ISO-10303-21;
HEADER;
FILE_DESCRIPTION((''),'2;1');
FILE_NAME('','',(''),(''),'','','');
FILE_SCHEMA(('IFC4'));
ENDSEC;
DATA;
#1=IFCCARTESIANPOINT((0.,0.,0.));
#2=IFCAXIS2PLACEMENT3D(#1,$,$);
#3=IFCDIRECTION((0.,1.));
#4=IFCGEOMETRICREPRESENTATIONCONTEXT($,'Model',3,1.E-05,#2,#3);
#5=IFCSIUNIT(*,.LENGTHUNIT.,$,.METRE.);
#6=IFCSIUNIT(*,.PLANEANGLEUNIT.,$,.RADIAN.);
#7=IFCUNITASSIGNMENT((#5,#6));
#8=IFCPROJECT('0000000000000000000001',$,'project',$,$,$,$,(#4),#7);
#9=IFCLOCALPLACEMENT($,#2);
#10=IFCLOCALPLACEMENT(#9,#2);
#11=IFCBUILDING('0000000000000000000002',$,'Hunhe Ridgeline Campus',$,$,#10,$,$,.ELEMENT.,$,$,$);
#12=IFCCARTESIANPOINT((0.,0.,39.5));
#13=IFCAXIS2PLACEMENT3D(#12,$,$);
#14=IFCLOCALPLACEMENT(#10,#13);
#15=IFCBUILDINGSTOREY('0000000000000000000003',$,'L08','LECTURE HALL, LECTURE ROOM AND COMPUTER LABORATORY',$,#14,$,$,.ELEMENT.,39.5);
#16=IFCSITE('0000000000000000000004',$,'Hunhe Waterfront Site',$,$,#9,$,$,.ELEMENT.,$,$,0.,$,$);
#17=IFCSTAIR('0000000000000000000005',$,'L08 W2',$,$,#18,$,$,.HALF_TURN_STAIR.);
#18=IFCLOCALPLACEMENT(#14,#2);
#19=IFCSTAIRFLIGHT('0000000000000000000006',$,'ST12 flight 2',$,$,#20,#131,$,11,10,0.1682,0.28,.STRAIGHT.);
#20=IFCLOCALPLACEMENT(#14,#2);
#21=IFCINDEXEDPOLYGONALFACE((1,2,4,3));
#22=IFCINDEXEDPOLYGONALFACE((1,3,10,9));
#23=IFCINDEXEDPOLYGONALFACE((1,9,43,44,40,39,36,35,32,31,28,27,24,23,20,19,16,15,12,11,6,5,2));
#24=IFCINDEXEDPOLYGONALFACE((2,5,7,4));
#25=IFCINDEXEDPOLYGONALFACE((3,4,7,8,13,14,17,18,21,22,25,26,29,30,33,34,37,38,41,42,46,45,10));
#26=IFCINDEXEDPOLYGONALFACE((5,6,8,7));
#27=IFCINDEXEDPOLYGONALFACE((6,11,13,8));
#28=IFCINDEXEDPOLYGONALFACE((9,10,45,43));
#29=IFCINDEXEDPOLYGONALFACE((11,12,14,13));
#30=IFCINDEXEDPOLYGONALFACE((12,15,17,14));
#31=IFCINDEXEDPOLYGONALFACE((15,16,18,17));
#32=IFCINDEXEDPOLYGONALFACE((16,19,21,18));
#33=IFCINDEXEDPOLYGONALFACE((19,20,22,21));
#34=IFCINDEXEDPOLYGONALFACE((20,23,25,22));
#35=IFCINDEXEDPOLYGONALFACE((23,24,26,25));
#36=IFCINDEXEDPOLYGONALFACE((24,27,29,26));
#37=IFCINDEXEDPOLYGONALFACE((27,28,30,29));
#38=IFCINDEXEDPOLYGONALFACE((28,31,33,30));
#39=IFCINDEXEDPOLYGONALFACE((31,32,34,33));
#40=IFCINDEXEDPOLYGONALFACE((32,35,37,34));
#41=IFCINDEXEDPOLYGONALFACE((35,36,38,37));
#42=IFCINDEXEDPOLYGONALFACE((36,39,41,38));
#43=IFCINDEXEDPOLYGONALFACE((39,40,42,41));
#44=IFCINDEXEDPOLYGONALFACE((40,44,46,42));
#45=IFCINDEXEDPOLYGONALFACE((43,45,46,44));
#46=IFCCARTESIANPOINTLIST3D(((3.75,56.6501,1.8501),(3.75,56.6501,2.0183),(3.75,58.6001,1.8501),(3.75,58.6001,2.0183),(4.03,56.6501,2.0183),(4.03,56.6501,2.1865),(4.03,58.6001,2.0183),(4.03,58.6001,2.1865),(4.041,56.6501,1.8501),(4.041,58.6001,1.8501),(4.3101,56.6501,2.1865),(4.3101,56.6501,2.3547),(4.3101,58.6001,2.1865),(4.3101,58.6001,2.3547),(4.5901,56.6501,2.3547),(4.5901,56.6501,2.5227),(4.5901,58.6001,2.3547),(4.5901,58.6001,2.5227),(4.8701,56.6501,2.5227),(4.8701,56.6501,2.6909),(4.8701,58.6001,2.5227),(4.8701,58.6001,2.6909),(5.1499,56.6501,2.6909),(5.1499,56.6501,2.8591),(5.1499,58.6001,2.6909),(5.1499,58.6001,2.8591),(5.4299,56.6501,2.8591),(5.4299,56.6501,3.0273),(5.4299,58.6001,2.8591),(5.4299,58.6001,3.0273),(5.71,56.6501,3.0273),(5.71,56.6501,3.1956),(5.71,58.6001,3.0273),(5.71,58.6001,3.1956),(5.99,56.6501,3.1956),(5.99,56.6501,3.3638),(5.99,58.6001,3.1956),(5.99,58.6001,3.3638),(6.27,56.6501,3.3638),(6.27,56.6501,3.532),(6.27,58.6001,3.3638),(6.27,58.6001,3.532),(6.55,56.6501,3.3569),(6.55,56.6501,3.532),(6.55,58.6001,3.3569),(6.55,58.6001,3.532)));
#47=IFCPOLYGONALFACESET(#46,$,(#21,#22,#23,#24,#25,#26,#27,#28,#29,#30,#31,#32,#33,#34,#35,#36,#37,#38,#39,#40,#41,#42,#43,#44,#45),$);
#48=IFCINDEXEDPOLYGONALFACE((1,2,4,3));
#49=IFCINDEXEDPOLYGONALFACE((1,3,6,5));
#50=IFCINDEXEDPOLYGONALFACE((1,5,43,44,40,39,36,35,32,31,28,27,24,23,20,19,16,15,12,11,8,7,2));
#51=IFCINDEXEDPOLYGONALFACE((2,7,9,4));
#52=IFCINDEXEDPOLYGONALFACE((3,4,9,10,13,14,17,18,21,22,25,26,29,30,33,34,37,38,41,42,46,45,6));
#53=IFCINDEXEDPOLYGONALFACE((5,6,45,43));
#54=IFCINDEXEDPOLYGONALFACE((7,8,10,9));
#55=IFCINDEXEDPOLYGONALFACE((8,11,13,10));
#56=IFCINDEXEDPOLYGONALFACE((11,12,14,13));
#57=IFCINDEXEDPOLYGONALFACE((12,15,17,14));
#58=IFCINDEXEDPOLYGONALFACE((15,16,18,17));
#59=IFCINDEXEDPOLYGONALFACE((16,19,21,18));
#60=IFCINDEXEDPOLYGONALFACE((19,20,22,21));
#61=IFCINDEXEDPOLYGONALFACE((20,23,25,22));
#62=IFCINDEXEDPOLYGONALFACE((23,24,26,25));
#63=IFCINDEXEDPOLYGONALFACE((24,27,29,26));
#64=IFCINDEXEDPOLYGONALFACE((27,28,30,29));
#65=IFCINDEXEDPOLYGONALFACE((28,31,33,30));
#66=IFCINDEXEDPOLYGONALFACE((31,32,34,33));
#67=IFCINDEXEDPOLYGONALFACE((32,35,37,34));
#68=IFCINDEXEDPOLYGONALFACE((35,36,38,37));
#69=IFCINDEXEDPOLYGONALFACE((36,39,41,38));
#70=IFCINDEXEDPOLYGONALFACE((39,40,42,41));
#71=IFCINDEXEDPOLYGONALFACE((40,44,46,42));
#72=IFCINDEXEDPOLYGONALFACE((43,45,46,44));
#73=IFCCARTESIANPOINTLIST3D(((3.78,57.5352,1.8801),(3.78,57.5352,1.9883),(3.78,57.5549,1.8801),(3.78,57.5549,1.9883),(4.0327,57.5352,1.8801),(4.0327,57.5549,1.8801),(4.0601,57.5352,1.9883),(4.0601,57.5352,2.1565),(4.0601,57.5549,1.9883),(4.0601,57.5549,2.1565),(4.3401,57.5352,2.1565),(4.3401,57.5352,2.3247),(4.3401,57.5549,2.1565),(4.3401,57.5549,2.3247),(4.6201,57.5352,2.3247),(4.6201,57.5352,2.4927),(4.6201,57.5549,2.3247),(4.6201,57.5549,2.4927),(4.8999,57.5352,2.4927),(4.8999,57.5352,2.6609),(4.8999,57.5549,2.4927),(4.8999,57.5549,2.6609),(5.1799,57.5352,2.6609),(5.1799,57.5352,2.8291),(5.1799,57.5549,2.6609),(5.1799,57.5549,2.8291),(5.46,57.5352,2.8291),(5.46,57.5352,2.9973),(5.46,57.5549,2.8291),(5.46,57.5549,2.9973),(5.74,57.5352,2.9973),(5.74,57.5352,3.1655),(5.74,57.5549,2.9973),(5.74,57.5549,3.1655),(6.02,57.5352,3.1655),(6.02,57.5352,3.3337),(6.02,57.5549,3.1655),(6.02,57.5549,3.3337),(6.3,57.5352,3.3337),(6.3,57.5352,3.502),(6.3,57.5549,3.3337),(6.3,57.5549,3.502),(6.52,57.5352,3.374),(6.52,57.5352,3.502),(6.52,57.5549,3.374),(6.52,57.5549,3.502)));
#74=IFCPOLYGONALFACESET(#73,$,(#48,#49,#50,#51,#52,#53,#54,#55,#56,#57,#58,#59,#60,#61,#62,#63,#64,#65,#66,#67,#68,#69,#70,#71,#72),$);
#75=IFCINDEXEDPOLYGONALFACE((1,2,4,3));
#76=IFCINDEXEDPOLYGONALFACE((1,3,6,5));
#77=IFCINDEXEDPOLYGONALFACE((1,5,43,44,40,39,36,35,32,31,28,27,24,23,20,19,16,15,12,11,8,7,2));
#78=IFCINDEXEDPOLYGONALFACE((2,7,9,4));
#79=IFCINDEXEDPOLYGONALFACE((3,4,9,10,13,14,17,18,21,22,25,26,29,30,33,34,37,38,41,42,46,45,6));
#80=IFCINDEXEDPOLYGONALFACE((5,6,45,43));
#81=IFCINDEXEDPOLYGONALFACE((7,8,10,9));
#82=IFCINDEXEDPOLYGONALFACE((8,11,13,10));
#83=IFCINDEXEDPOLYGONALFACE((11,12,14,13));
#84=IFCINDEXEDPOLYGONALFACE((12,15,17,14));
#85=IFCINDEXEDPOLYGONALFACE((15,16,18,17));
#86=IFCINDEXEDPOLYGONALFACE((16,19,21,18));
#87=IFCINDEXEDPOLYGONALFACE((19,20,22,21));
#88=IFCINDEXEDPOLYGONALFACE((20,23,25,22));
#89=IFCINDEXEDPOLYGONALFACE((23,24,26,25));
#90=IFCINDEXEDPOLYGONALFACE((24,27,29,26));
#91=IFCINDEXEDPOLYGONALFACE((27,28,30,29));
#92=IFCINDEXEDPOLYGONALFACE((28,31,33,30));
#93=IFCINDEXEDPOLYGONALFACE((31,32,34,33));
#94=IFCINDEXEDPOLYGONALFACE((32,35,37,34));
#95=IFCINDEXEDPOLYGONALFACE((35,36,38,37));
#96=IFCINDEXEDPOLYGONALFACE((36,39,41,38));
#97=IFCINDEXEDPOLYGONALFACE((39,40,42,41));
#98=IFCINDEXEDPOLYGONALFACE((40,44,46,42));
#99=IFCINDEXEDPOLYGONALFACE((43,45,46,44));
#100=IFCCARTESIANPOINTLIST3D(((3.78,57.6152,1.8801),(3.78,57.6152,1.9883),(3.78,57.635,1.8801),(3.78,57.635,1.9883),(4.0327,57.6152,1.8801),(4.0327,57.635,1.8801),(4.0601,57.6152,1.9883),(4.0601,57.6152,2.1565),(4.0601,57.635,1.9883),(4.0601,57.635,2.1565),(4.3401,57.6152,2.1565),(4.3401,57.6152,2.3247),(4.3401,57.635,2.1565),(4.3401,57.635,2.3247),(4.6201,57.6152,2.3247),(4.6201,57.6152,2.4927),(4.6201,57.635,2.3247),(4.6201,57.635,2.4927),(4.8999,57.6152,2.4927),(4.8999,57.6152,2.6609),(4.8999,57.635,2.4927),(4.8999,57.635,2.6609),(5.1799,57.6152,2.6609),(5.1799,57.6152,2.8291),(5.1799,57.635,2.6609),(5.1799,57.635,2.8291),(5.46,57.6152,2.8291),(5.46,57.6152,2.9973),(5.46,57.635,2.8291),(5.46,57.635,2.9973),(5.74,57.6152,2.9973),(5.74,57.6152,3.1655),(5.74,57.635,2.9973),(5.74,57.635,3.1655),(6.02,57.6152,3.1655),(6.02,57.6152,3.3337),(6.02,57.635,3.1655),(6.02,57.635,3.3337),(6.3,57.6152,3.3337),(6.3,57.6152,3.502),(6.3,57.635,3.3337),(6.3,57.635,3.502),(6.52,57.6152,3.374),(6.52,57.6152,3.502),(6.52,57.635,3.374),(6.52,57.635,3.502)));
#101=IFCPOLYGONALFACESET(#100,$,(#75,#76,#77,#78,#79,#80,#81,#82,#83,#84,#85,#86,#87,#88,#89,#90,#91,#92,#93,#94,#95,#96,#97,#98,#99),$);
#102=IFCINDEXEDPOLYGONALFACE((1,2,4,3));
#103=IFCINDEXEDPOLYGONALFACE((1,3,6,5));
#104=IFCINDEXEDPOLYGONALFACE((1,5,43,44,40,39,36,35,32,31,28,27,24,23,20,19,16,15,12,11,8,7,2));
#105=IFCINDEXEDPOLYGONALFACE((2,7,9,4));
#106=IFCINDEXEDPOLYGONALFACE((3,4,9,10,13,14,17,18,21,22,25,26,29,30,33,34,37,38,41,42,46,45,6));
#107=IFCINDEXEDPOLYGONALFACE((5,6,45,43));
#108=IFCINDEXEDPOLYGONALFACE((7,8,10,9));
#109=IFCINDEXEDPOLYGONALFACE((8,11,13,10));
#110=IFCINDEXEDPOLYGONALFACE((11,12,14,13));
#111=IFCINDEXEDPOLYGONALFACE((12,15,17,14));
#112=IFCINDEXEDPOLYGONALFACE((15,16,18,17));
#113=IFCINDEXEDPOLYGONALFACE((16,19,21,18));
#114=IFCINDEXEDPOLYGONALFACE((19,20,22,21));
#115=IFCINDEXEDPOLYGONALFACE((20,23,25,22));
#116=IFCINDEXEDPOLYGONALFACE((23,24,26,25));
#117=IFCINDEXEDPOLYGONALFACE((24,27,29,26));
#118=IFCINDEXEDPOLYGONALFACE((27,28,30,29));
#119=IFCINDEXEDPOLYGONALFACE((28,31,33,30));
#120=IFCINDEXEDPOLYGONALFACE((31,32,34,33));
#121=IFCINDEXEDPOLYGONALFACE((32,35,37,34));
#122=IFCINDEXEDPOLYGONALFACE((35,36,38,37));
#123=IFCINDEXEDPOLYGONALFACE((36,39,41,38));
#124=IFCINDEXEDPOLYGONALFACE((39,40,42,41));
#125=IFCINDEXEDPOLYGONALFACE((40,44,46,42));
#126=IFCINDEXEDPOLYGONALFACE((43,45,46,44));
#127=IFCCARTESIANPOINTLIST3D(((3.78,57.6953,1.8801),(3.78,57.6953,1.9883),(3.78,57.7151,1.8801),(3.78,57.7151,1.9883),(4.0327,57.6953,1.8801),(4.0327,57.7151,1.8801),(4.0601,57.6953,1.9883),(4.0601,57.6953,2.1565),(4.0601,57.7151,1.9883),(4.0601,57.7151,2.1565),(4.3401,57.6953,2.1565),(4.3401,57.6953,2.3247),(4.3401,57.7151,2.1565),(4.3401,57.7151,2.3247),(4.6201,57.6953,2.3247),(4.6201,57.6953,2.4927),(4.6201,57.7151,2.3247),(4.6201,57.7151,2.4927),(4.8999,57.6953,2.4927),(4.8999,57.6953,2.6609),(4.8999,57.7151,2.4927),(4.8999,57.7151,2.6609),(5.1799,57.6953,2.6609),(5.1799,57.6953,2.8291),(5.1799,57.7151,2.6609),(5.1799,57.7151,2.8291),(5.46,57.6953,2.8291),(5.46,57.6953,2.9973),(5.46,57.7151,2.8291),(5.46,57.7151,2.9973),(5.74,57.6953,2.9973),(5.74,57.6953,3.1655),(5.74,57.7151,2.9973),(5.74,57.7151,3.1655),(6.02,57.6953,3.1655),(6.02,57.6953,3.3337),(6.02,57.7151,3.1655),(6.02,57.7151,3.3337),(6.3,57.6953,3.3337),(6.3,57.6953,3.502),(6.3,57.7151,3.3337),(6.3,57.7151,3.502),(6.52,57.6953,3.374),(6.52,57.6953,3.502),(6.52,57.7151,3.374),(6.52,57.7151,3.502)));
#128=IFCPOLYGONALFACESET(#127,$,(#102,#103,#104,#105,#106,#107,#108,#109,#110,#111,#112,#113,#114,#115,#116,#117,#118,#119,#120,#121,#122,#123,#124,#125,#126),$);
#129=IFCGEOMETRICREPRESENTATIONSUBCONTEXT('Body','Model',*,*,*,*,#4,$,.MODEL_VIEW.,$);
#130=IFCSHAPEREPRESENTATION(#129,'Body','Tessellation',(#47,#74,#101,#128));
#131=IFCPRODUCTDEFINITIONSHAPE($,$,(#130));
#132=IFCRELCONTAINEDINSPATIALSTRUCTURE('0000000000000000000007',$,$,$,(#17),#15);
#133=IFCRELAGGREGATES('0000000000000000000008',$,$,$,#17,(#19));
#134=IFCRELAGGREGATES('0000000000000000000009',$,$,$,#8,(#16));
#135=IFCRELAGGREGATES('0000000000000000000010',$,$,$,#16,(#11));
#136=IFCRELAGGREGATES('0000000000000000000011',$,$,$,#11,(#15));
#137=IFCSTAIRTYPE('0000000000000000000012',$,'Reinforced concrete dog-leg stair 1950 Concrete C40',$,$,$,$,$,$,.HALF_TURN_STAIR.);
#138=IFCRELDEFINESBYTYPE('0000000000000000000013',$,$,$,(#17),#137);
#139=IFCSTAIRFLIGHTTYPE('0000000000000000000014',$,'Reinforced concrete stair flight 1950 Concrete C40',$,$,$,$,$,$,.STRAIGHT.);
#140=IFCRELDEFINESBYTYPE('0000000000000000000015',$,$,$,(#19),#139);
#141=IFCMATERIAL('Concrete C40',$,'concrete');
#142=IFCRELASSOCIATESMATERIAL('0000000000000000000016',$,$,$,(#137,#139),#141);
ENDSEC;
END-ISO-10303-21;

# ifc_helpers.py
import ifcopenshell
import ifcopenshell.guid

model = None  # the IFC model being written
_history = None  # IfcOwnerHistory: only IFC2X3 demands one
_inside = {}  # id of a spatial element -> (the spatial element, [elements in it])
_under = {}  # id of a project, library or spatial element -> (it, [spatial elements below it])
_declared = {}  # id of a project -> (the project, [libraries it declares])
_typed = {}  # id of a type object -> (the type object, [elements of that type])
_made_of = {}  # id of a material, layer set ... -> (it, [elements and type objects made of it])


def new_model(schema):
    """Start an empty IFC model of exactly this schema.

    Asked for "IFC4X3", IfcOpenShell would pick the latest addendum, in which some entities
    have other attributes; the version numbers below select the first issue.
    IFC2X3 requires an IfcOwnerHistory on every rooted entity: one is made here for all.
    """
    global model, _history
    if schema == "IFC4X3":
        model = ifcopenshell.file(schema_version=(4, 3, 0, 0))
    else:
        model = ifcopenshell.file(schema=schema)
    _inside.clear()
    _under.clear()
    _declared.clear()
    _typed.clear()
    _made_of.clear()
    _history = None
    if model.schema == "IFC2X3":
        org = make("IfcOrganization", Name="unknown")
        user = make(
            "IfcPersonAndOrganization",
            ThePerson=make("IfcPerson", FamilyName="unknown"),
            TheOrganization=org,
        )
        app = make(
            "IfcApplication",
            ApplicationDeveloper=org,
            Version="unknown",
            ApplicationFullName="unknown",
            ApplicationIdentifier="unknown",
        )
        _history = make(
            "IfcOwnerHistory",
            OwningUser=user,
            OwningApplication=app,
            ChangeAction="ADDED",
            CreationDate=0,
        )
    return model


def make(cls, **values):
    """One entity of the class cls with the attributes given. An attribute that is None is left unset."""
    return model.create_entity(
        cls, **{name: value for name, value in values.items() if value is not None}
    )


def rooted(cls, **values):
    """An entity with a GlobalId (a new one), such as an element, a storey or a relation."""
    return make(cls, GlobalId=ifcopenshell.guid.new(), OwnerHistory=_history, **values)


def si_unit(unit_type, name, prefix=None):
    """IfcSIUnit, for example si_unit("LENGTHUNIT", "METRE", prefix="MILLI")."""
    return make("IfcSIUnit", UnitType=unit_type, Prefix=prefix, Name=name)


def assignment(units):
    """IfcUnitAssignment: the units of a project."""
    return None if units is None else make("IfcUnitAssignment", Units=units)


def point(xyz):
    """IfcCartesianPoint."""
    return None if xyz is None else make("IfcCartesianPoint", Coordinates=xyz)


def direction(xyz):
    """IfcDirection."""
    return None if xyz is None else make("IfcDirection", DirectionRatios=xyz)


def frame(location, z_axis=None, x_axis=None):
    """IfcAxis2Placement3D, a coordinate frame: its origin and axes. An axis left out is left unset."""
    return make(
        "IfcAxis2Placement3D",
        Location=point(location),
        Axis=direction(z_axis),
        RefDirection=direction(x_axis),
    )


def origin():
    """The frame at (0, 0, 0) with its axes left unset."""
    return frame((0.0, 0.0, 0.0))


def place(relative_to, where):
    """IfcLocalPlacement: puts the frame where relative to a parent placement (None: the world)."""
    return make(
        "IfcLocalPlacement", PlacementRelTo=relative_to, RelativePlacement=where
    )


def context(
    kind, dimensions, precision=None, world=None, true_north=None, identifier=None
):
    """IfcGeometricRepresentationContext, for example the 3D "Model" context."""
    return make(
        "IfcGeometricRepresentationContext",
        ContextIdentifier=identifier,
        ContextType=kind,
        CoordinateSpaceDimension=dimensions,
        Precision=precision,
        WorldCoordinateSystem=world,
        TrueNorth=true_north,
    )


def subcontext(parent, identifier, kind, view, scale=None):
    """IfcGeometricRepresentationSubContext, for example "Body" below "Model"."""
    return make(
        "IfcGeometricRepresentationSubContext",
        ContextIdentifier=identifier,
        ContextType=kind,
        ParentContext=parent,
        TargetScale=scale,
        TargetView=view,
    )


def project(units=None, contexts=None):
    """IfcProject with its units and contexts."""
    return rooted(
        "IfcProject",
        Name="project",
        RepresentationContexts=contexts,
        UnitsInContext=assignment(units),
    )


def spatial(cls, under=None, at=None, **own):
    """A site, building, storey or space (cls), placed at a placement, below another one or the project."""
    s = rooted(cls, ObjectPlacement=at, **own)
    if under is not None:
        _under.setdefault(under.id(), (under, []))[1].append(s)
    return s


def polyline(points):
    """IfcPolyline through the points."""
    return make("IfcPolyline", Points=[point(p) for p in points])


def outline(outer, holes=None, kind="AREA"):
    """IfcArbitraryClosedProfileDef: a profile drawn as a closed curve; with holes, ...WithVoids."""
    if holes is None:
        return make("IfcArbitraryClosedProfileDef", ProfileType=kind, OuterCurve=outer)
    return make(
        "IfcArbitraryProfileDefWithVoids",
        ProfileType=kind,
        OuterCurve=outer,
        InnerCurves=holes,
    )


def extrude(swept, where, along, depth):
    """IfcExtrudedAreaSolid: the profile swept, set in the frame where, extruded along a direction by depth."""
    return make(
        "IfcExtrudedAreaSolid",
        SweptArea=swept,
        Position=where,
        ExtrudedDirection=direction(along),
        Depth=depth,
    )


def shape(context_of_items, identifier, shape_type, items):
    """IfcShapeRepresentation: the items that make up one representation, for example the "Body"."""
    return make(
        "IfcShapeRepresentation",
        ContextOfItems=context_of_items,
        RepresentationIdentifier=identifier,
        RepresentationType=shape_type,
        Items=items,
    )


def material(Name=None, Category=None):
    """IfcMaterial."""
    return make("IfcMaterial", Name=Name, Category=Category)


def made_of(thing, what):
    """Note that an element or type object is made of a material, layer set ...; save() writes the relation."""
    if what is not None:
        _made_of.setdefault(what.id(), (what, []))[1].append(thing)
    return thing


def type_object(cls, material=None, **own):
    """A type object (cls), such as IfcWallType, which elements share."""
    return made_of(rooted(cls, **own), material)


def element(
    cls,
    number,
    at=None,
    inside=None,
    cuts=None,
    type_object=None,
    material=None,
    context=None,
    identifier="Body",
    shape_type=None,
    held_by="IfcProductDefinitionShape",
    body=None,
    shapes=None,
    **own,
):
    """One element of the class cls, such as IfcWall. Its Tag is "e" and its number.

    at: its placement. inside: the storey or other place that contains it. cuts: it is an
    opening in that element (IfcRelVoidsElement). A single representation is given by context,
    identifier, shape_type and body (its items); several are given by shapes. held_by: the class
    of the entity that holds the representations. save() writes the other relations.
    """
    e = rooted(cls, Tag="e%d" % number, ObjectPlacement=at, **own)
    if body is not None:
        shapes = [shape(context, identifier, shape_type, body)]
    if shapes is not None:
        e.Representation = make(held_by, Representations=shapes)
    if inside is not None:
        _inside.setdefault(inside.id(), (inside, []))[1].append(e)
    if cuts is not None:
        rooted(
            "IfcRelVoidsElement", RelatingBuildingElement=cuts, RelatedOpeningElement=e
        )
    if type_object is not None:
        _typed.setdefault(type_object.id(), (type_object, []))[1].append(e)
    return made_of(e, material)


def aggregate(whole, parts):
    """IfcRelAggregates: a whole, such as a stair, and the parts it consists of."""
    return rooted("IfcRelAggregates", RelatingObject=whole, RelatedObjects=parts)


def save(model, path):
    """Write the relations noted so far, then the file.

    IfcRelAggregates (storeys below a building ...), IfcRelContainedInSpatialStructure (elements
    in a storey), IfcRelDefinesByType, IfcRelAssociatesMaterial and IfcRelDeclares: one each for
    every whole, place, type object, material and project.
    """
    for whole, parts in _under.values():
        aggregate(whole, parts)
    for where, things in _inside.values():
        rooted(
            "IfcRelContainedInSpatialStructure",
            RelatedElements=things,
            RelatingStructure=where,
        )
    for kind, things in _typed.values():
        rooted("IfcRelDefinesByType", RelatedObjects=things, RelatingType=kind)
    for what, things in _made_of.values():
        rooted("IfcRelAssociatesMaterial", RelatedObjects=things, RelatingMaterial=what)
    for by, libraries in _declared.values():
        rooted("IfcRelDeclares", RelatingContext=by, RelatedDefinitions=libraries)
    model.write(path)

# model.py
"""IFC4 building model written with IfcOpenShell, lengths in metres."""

from ifc_helpers import new_model, si_unit, direction, frame, origin, place, context, subcontext, project, spatial, polyline, outline, extrude, material, type_object, element, aggregate, save


model = new_model("IFC4")

# Units and contexts
model_context = context("Model", 3, precision=1e-05, world=origin(), true_north=direction((0.0, 1.0)))
body_context = subcontext(model_context, "Body", "Model", "MODEL_VIEW")
ifc_project = project(units=[si_unit("LENGTHUNIT", "METRE"), si_unit("PLANEANGLEUNIT", "RADIAN")], contexts=[model_context])

# Site, building, storey
site_placement = place(None, origin())
site = spatial("IfcSite", under=ifc_project, at=site_placement, Name="Hunhe Waterfront Site", CompositionType="ELEMENT", RefElevation=0.0)
building_placement = place(site_placement, origin())
building = spatial("IfcBuilding", under=site, at=building_placement, Name="Hunhe Ridgeline Campus", CompositionType="ELEMENT")
storey_placement = place(building_placement, frame((0.0, 0.0, 39.5)))
storey = spatial("IfcBuildingStorey", under=building, at=storey_placement, Name="L08", Description="LECTURE HALL, LECTURE ROOM AND COMPUTER LABORATORY", CompositionType="ELEMENT", Elevation=39.5)

# Stair, stair flight
ifc_material_1 = material(Name="Concrete C40", Category="concrete")
stair_type = type_object("IfcStairType", Name="Reinforced concrete dog-leg stair 1950 Concrete C40", PredefinedType="HALF_TURN_STAIR", material=ifc_material_1)
stair_placement = place(storey_placement, origin())
stair = element("IfcStair", 1, at=stair_placement, inside=storey, type_object=stair_type, Name="L08 W2", PredefinedType="HALF_TURN_STAIR")
stair_flight_type = type_object("IfcStairFlightType", Name="Reinforced concrete stair flight 1950 Concrete C40", PredefinedType="STRAIGHT", material=ifc_material_1)
stair_flight_1_placement = place(storey_placement, frame((3.75, 57.625, 1.8501), z_axis=(0.0, 0.0, 1.0), x_axis=(1.0, 0.0, 0.0)))
stair_flight_1 = element("IfcStairFlight", 2, at=stair_flight_1_placement, type_object=stair_flight_type, Name="ST12 flight 2", NumberOfRisers=11, NumberOfTreads=10, PredefinedType="STRAIGHT", RiserHeight=0.1682, TreadLength=0.28, context=body_context, shape_type="SweptSolid", body=[
    extrude(outline(polyline([(0.0, 0.0), (0.0, 0.1682), (0.28, 0.1682), (0.28, 0.3364), (0.5601, 0.3364), (0.5601, 0.5046), (0.8401, 0.5046), (0.8401, 0.6726), (1.1201, 0.6726), (1.1201, 0.8408), (1.3999, 0.8408), (1.3999, 1.009), (1.6799, 1.009), (1.6799, 1.1772), (1.96, 1.1772), (1.96, 1.3455), (2.24, 1.3455), (2.24, 1.5137), (2.52, 1.5137), (2.52, 1.6819), (2.8, 1.6819), (2.8, 1.8501), (2.8, 1.5068), (0.291, 0.0), (0.0, 0.0)])), frame((0.0, 0.9751, 0.0), z_axis=(0.0, -1.0, 0.0), x_axis=(1.0, 0.0, 0.0)), (0.0, 0.0, 1.0), 1.95),
    extrude(outline(polyline([(0.03, 0.03), (0.03, 0.1382), (0.3101, 0.1382), (0.3101, 0.3064), (0.5901, 0.3064), (0.5901, 0.4746), (0.8701, 0.4746), (0.8701, 0.6426), (1.1499, 0.6426), (1.1499, 0.8108), (1.4299, 0.8108), (1.4299, 0.979), (1.71, 0.979), (1.71, 1.1472), (1.99, 1.1472), (1.99, 1.3154), (2.27, 1.3154), (2.27, 1.4836), (2.55, 1.4836), (2.55, 1.6519), (2.77, 1.6519), (2.77, 1.5239), (0.2827, 0.03), (0.03, 0.03)])), frame((0.0, -0.0701, 0.0), z_axis=(0.0, -1.0, 0.0), x_axis=(1.0, 0.0, 0.0)), (0.0, 0.0, 1.0), 0.0198),
    extrude(outline(polyline([(0.03, 0.03), (0.03, 0.1382), (0.3101, 0.1382), (0.3101, 0.3064), (0.5901, 0.3064), (0.5901, 0.4746), (0.8701, 0.4746), (0.8701, 0.6426), (1.1499, 0.6426), (1.1499, 0.8108), (1.4299, 0.8108), (1.4299, 0.979), (1.71, 0.979), (1.71, 1.1472), (1.99, 1.1472), (1.99, 1.3154), (2.27, 1.3154), (2.27, 1.4836), (2.55, 1.4836), (2.55, 1.6519), (2.77, 1.6519), (2.77, 1.5239), (0.2827, 0.03), (0.03, 0.03)])), frame((0.0, 0.01, 0.0), z_axis=(0.0, -1.0, 0.0), x_axis=(1.0, 0.0, 0.0)), (0.0, 0.0, 1.0), 0.0198),
    extrude(outline(polyline([(0.03, 0.03), (0.03, 0.1382), (0.3101, 0.1382), (0.3101, 0.3064), (0.5901, 0.3064), (0.5901, 0.4746), (0.8701, 0.4746), (0.8701, 0.6426), (1.1499, 0.6426), (1.1499, 0.8108), (1.4299, 0.8108), (1.4299, 0.979), (1.71, 0.979), (1.71, 1.1472), (1.99, 1.1472), (1.99, 1.3154), (2.27, 1.3154), (2.27, 1.4836), (2.55, 1.4836), (2.55, 1.6519), (2.77, 1.6519), (2.77, 1.5239), (0.2827, 0.03), (0.03, 0.03)])), frame((0.0, 0.0901, 0.0), z_axis=(0.0, -1.0, 0.0), x_axis=(1.0, 0.0, 0.0)), (0.0, 0.0, 1.0), 0.0198),
])
aggregate(stair, [stair_flight_1])

save(model, "model.ifc")
